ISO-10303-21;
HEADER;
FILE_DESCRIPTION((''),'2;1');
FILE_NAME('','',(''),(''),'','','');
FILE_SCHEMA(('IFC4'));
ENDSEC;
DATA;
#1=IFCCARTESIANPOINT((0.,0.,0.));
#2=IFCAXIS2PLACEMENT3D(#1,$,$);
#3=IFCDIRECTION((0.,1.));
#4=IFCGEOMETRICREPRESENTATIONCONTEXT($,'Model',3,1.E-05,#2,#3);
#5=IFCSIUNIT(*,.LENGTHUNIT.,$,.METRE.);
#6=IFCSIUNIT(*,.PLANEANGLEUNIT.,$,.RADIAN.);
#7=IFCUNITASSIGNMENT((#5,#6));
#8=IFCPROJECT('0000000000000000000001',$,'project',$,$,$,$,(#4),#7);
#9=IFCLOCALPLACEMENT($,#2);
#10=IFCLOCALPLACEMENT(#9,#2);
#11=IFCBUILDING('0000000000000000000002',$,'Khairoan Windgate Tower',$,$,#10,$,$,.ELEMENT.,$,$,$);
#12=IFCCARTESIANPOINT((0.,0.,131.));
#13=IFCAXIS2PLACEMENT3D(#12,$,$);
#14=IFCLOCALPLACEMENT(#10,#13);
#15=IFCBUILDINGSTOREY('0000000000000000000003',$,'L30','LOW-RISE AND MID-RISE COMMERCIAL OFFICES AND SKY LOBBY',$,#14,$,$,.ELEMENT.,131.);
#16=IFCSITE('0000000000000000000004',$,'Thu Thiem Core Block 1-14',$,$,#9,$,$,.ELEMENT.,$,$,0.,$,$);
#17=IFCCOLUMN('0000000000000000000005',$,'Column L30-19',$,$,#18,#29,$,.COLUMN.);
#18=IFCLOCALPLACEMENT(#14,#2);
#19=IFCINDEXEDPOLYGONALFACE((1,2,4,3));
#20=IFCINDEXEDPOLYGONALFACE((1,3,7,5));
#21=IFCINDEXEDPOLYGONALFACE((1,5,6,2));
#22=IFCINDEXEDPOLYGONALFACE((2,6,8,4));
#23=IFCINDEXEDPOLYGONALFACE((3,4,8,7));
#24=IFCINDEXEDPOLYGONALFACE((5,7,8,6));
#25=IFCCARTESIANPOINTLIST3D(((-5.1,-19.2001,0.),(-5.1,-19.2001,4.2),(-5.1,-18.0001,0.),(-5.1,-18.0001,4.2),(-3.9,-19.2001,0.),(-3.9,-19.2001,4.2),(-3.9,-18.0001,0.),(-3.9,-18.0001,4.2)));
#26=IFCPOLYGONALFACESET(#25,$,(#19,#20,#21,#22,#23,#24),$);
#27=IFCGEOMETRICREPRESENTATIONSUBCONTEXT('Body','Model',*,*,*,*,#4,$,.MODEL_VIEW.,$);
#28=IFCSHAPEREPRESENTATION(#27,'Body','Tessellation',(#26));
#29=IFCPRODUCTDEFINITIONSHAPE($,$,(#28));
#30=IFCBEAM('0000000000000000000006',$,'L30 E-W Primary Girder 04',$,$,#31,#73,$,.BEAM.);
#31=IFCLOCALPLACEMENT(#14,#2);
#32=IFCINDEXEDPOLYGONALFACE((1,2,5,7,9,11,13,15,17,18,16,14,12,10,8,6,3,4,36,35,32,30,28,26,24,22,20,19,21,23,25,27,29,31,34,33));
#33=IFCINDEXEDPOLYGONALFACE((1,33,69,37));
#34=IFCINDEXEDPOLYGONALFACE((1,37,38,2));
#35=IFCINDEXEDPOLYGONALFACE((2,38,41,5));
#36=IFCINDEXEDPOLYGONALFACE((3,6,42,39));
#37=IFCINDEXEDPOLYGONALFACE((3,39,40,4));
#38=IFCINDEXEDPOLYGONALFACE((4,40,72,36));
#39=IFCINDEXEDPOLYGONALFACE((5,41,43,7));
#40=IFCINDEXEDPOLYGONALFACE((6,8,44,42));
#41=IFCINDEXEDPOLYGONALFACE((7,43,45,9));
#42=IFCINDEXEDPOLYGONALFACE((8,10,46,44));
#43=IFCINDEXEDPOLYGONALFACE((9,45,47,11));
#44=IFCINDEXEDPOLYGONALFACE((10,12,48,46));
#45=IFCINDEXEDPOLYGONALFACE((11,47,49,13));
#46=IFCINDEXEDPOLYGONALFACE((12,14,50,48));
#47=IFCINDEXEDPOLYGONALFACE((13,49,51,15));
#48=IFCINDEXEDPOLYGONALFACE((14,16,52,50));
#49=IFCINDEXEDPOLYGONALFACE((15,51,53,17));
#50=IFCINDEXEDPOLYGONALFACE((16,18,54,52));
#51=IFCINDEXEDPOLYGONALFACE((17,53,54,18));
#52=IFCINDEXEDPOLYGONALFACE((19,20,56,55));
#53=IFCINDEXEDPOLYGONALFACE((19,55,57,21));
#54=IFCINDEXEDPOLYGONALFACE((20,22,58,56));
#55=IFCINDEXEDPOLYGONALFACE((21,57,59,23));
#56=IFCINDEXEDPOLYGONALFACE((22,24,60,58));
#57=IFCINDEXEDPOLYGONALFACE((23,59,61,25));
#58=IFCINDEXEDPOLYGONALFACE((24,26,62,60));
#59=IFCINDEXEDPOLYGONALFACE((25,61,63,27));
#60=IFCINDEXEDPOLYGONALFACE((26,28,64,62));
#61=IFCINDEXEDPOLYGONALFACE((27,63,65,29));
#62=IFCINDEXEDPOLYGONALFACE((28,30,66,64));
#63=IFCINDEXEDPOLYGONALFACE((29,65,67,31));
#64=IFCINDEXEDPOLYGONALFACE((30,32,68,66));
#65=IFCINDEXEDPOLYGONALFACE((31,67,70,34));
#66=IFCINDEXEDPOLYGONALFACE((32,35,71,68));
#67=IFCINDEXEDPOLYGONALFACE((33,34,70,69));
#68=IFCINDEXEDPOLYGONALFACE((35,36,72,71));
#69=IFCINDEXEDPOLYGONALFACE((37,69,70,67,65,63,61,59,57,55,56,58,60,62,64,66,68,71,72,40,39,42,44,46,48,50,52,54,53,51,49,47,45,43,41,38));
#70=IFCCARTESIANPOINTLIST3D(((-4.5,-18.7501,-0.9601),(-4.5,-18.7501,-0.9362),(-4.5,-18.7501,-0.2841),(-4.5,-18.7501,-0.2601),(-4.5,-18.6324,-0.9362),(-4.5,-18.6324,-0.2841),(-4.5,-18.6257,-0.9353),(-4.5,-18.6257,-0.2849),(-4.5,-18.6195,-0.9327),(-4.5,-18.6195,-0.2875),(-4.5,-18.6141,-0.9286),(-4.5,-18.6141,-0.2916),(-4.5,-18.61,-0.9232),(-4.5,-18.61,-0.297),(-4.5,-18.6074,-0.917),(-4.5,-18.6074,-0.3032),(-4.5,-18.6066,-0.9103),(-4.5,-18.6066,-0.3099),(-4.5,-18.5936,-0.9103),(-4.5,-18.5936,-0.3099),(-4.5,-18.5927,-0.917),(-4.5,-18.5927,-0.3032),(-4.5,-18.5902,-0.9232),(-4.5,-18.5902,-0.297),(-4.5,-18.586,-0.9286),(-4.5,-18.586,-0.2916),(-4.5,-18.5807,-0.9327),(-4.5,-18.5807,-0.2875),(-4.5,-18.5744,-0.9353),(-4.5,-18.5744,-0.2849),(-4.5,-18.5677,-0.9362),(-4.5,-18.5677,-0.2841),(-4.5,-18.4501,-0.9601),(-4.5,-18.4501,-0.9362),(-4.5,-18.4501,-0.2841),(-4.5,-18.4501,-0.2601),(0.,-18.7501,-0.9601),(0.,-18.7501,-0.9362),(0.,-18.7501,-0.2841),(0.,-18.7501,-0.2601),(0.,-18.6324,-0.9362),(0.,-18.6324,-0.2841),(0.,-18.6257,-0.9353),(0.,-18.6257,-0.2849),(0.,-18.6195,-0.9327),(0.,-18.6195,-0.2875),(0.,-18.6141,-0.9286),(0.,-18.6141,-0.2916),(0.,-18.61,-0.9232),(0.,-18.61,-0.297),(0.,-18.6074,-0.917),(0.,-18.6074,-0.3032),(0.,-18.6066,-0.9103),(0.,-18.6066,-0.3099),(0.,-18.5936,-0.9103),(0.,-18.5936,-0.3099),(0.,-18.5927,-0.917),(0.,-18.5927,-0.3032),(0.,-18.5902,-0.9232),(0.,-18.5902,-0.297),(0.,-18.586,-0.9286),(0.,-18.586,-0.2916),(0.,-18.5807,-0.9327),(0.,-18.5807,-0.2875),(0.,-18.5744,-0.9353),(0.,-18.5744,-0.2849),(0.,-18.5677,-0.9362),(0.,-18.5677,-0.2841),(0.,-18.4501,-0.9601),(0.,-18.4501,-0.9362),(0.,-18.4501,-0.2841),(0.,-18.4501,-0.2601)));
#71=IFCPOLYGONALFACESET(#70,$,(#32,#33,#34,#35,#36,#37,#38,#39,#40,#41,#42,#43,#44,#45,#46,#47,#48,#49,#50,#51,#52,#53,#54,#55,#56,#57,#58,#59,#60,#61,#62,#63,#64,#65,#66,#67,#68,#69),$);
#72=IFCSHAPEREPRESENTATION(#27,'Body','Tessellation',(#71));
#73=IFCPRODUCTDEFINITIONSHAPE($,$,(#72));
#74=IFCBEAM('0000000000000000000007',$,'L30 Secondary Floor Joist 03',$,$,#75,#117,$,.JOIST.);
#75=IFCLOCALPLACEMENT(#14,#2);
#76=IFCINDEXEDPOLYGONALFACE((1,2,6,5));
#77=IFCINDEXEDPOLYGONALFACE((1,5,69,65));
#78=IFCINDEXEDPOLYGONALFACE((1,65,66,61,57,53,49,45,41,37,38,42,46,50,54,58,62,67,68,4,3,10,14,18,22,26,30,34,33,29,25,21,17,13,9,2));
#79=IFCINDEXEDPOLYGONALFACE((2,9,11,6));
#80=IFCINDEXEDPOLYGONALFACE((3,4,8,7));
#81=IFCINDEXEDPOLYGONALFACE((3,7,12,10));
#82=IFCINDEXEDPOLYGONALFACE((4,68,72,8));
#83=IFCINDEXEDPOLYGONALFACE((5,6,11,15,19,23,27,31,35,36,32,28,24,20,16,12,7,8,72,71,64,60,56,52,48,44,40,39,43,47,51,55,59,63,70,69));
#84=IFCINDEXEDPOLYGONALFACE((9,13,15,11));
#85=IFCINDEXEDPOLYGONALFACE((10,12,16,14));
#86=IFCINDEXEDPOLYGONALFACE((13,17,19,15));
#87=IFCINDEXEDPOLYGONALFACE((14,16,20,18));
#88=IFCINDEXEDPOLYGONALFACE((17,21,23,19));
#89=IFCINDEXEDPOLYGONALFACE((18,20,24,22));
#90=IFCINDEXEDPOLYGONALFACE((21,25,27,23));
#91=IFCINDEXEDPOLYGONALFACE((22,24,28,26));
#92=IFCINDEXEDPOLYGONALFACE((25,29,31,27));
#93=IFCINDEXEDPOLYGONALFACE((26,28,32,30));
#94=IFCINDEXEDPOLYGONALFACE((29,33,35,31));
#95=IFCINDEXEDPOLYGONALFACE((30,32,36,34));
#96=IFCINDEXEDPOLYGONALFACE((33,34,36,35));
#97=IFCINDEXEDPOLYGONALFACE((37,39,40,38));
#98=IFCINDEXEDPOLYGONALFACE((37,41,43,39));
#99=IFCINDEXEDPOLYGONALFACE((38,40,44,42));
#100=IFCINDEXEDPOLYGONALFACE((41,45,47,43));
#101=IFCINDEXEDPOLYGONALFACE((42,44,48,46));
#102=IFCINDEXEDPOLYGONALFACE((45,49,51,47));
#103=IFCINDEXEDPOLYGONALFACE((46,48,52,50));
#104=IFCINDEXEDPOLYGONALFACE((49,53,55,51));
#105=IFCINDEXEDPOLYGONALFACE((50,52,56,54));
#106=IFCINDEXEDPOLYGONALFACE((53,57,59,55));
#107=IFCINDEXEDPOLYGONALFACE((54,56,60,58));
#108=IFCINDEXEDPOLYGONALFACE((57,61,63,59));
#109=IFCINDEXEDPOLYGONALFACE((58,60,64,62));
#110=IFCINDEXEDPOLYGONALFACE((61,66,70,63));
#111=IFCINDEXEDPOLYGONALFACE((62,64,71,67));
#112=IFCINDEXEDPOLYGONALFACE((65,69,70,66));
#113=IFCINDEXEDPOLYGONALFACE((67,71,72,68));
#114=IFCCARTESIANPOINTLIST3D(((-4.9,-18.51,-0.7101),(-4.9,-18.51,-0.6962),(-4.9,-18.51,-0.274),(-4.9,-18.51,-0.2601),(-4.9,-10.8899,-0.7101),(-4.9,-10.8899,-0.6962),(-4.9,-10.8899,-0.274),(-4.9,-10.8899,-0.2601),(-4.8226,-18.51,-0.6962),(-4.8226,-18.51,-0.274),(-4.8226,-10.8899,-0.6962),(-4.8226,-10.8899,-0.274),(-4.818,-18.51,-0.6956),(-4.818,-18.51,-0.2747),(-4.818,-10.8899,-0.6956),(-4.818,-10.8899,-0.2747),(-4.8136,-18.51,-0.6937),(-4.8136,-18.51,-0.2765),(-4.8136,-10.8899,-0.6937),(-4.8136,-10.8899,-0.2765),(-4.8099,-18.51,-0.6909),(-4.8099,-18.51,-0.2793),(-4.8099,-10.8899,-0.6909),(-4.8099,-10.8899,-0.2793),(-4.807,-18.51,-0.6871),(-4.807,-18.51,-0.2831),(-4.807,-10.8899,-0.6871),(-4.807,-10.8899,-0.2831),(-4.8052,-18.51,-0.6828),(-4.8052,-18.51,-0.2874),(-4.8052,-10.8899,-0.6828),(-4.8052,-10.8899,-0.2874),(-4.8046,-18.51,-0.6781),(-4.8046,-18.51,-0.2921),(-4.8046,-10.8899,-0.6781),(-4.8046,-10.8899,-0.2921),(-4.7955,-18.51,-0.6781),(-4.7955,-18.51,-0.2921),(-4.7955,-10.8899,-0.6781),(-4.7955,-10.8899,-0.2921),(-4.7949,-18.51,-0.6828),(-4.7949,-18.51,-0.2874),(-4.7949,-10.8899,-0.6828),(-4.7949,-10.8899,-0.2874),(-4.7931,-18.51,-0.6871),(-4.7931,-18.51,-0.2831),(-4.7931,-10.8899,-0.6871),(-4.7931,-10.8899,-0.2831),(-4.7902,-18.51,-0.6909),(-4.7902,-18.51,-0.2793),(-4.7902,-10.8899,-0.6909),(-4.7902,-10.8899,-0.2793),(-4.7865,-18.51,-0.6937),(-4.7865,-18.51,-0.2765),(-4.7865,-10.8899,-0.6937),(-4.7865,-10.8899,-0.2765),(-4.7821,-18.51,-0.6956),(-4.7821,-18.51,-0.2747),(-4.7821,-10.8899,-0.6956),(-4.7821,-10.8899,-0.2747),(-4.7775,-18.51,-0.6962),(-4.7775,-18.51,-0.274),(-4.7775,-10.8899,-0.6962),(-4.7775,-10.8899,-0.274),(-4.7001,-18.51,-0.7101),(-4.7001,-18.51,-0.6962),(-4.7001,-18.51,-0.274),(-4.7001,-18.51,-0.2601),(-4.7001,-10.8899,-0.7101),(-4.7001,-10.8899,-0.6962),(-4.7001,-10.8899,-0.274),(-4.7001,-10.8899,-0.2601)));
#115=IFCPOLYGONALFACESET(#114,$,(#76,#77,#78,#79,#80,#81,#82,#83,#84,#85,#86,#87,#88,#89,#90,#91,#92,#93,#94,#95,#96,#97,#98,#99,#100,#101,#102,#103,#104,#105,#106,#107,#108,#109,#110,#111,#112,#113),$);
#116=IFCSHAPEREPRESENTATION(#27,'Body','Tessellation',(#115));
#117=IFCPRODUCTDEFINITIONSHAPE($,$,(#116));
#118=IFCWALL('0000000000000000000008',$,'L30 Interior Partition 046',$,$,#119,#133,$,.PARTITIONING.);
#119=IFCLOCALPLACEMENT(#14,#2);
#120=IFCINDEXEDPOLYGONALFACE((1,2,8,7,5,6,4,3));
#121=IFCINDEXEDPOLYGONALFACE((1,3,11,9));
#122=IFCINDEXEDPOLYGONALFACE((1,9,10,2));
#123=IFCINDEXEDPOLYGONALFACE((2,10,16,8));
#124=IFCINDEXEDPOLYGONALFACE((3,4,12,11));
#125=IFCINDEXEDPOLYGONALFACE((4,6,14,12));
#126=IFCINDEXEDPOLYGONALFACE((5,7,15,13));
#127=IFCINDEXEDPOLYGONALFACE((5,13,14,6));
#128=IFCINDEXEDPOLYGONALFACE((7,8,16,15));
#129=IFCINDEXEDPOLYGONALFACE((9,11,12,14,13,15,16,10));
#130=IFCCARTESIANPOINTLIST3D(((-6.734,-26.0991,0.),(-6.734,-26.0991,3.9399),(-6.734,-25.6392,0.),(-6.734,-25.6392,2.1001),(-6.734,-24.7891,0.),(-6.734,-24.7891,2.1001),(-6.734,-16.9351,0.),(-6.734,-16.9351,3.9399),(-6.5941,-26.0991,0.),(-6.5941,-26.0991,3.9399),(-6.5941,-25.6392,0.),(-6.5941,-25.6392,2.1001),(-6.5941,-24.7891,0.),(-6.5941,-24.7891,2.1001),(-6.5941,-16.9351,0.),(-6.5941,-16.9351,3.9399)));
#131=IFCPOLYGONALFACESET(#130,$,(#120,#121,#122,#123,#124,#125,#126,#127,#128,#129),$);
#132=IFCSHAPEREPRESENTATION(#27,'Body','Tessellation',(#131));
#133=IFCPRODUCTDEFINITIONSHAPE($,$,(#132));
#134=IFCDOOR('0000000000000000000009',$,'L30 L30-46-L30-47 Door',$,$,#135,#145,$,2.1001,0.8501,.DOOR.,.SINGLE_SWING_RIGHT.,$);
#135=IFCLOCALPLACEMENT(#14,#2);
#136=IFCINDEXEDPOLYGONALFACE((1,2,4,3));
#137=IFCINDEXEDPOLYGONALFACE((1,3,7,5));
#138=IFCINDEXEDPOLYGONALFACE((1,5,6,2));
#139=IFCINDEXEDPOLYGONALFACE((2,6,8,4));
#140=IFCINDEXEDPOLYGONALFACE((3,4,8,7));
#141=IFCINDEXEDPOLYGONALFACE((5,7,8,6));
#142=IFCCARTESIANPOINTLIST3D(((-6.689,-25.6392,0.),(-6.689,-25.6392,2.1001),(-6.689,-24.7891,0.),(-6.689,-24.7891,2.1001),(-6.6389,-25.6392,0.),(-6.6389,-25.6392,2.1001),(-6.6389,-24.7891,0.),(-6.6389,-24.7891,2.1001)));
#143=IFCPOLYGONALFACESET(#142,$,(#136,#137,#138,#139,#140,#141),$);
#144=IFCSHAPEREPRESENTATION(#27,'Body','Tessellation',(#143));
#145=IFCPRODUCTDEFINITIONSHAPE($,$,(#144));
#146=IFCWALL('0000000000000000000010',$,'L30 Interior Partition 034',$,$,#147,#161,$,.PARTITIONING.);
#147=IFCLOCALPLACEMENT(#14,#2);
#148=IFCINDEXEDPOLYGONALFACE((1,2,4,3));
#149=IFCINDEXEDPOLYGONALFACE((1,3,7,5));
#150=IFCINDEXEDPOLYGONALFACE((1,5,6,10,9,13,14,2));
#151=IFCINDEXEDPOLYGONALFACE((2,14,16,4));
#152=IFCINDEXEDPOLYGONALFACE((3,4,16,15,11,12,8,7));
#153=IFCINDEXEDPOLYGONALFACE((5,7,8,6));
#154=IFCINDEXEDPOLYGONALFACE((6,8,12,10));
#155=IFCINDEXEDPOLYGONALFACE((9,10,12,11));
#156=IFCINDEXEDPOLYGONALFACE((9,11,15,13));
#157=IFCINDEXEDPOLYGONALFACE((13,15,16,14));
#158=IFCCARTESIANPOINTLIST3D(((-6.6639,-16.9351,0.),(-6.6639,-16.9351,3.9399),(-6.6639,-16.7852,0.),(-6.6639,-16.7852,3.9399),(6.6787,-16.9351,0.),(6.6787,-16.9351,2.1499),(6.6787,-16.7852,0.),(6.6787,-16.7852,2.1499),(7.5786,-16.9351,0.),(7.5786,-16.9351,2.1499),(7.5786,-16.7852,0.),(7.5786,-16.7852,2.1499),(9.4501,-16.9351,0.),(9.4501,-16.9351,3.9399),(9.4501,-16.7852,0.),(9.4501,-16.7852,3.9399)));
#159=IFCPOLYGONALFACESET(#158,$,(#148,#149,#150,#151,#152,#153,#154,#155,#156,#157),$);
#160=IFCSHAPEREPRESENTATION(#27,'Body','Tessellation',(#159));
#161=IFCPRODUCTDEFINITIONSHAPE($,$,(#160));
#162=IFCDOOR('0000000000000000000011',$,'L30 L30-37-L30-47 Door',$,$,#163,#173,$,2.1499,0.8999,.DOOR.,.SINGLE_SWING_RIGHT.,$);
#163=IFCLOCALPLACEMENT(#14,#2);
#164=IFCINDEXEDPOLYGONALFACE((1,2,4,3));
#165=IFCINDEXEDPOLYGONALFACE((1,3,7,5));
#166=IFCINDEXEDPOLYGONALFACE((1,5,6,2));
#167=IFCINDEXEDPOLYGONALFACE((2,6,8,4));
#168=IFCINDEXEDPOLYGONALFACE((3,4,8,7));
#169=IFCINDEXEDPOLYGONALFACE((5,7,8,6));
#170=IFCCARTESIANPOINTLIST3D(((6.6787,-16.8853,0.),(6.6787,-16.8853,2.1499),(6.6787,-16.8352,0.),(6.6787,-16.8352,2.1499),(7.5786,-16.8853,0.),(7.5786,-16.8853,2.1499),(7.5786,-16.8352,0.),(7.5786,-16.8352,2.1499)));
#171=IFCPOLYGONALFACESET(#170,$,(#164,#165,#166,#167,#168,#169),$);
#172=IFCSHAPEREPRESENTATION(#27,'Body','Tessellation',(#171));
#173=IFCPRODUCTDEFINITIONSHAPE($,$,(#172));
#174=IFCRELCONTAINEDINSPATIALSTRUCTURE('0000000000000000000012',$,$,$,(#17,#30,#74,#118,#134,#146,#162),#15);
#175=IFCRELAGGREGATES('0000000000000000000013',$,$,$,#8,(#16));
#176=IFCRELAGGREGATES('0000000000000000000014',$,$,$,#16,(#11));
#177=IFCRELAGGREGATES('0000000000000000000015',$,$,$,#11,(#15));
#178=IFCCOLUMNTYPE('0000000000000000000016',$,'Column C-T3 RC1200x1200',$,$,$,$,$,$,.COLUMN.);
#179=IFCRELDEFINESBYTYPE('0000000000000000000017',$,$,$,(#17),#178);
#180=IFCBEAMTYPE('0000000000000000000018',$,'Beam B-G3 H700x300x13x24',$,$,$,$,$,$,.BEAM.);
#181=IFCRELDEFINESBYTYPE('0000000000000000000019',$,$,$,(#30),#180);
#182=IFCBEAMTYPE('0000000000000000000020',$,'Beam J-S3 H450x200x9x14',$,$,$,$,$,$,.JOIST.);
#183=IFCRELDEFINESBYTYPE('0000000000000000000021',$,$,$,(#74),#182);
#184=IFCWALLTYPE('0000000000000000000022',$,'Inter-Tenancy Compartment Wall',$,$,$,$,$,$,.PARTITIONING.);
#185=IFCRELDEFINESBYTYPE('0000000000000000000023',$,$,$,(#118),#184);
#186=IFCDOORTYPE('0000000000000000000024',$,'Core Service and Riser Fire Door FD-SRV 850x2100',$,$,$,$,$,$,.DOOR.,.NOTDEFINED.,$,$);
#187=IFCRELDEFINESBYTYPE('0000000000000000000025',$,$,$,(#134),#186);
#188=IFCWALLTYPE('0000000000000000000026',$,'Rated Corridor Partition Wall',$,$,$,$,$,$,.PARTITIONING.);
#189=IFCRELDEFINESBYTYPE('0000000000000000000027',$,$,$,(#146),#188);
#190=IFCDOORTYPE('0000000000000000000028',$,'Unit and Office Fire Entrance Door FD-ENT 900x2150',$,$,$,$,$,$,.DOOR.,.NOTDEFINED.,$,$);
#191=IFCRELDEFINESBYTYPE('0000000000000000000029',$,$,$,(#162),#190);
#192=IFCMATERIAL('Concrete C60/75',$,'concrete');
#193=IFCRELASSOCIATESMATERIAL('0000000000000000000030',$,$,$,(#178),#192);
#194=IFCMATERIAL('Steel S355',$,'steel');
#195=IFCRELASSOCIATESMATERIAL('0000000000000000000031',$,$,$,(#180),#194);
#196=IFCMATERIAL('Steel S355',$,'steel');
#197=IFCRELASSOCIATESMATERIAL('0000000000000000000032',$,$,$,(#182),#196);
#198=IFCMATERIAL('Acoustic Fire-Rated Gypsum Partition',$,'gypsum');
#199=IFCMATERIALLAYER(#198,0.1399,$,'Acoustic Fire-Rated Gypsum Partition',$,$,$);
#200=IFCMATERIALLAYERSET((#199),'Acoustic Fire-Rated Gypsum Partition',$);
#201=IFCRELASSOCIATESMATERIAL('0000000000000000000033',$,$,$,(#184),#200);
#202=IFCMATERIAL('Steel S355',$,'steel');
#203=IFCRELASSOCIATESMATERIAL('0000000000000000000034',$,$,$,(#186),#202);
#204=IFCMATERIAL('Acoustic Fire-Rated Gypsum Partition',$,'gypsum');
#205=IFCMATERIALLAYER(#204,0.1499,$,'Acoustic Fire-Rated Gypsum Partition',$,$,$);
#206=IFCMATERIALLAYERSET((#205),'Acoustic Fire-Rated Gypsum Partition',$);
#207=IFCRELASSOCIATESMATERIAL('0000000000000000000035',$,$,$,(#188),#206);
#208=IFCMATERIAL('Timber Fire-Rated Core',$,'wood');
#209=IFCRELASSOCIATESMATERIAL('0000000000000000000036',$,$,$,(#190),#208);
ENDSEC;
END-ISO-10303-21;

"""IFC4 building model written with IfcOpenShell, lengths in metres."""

from ifc_helpers import new_model, si_unit, direction, frame, frame_2d, origin, origin_2d, place, context, subcontext, project, spatial, rectangle, i_section, extrude, material, layer, layer_set, material_profile, profile_set, type_object, element, fill, save


model = new_model("IFC4")

# Units and contexts
model_context = context("Model", 3, precision=1e-05, world=origin(), true_north=direction((0.0, 1.0)))
body_context = subcontext(model_context, "Body", "Model", "MODEL_VIEW")
ifc_project = project(units=[si_unit("LENGTHUNIT", "METRE"), si_unit("PLANEANGLEUNIT", "RADIAN")], contexts=[model_context])

# Site, building, storey
site_placement = place(None, origin())
site = spatial("IfcSite", under=ifc_project, at=site_placement, Name="Thu Thiem Core Block 1-14", CompositionType="ELEMENT", RefElevation=0.0)
building_placement = place(site_placement, origin())
building = spatial("IfcBuilding", under=site, at=building_placement, Name="Khairoan Windgate Tower", CompositionType="ELEMENT")
storey_placement = place(building_placement, frame((0.0, 0.0, 131.0)))
storey = spatial("IfcBuildingStorey", under=building, at=storey_placement, Name="L30", Description="LOW-RISE AND MID-RISE COMMERCIAL OFFICES AND SKY LOBBY", CompositionType="ELEMENT", Elevation=131.0)

# Column
ifc_material_1 = material(Name="Concrete C60/75", Category="concrete")
ifc_material_profile_1 = material_profile(ifc_material_1, rectangle(XDim=1.2, YDim=1.2, at=origin_2d()))
ifc_profile_set_1 = profile_set([ifc_material_profile_1], Name="Concrete C60/75")
column_type = type_object("IfcColumnType", Name="Column C-T3 RC1200x1200", PredefinedType="COLUMN", material=ifc_profile_set_1)
column_placement = place(storey_placement, frame((-4.5, -18.6001, 0.0), z_axis=(0.0, 0.0, 1.0), x_axis=(1.0, 0.0, 0.0)))
element("IfcColumn", 1, at=column_placement, inside=storey, type_object=column_type, Name="Column L30-19", PredefinedType="COLUMN", context=body_context, shape_type="SweptSolid", body=[
    extrude(rectangle(XDim=1.2, YDim=1.2, at=origin_2d()), origin(), (0.0, 0.0, 1.0), 4.2),
])

# Beams
ifc_material_2 = material(Name="Steel S355", Category="steel")
ifc_material_profile_2 = material_profile(ifc_material_2, i_section(OverallWidth=0.3, OverallDepth=0.7, WebThickness=0.0129, FlangeThickness=0.0239, FilletRadius=0.0259, at=origin_2d()))
ifc_profile_set_2 = profile_set([ifc_material_profile_2], Name="Steel S355")
beam_type_1 = type_object("IfcBeamType", Name="Beam B-G3 H700x300x13x24", PredefinedType="BEAM", material=ifc_profile_set_2)
beam_1_placement = place(storey_placement, frame((-4.5, -18.6001, -0.6101), z_axis=(1.0, 0.0, 0.0), x_axis=(0.0, 1.0, 0.0)))
element("IfcBeam", 2, at=beam_1_placement, inside=storey, type_object=beam_type_1, Name="L30 E-W Primary Girder 04", PredefinedType="BEAM", context=body_context, shape_type="SweptSolid", body=[
    extrude(i_section(OverallWidth=0.3, OverallDepth=0.7, WebThickness=0.0129, FlangeThickness=0.0239, FilletRadius=0.0259, at=origin_2d()), origin(), (0.0, 0.0, 1.0), 4.5),
])
ifc_material_3 = material(Name="Steel S355", Category="steel")
ifc_material_profile_3 = material_profile(ifc_material_3, i_section(OverallWidth=0.2, OverallDepth=0.45, WebThickness=0.009, FlangeThickness=0.0139, FilletRadius=0.0181, at=origin_2d()))
ifc_profile_set_3 = profile_set([ifc_material_profile_3], Name="Steel S355")
beam_type_2 = type_object("IfcBeamType", Name="Beam J-S3 H450x200x9x14", PredefinedType="JOIST", material=ifc_profile_set_3)
beam_2_placement = place(storey_placement, frame((-4.8, -18.51, -0.4851), z_axis=(0.0, 1.0, 0.0), x_axis=(-1.0, 0.0, 0.0)))
element("IfcBeam", 3, at=beam_2_placement, inside=storey, type_object=beam_type_2, Name="L30 Secondary Floor Joist 03", PredefinedType="JOIST", context=body_context, shape_type="SweptSolid", body=[
    extrude(i_section(OverallWidth=0.2, OverallDepth=0.45, WebThickness=0.009, FlangeThickness=0.0139, FilletRadius=0.0181, at=origin_2d()), origin(), (0.0, 0.0, 1.0), 7.6201),
])

# Walls, openings, doors
ifc_material_4 = material(Name="Acoustic Fire-Rated Gypsum Partition", Category="gypsum")
ifc_layer_1 = layer(ifc_material_4, 0.1399, Name="Acoustic Fire-Rated Gypsum Partition")
ifc_layer_set_1 = layer_set([ifc_layer_1], Name="Acoustic Fire-Rated Gypsum Partition")
wall_type_1 = type_object("IfcWallType", Name="Inter-Tenancy Compartment Wall", PredefinedType="PARTITIONING", material=ifc_layer_set_1)
wall_1_placement = place(storey_placement, frame((-6.6641, -26.0991, 0.0), z_axis=(0.0, 0.0, 1.0), x_axis=(0.0, 1.0, 0.0)))
wall_1 = element("IfcWall", 4, at=wall_1_placement, inside=storey, type_object=wall_type_1, Name="L30 Interior Partition 046", PredefinedType="PARTITIONING", context=body_context, shape_type="SweptSolid", body=[
    extrude(rectangle(XDim=9.1641, YDim=0.1399, at=frame_2d((4.582, 0.0))), origin(), (0.0, 0.0, 1.0), 3.9399),
])
opening_1_placement = place(wall_1_placement, frame((0.46, 0.0, 0.0)))
opening_1 = element("IfcOpeningElement", 5, at=opening_1_placement, cuts=wall_1, PredefinedType="OPENING", context=body_context, shape_type="SweptSolid", body=[
    extrude(rectangle(XDim=0.8501, YDim=2.1001, at=frame_2d((0.425, 1.05))), frame((0.0, 0.0798, 0.0), z_axis=(0.0, -1.0, 0.0), x_axis=(1.0, 0.0, 0.0)), (0.0, 0.0, 1.0), 0.1599),
])
ifc_material_5 = material(Name="Steel S355", Category="steel")
door_type_1 = type_object("IfcDoorType", Name="Core Service and Riser Fire Door FD-SRV 850x2100", OperationType="NOTDEFINED", PredefinedType="DOOR", material=ifc_material_5)
door_1_placement = place(opening_1_placement, origin())
door_1 = element("IfcDoor", 6, at=door_1_placement, inside=storey, type_object=door_type_1, Name="L30 L30-46-L30-47 Door", OperationType="SINGLE_SWING_RIGHT", OverallHeight=2.1001, OverallWidth=0.8501, PredefinedType="DOOR", context=body_context, shape_type="SweptSolid", body=[
    extrude(rectangle(XDim=0.8501, YDim=2.1001, at=frame_2d((0.425, 1.05))), frame((0.0, 0.0249, 0.0), z_axis=(0.0, -1.0, 0.0), x_axis=(1.0, 0.0, 0.0)), (0.0, 0.0, 1.0), 0.05),
])
fill(opening_1, door_1)
ifc_material_6 = material(Name="Acoustic Fire-Rated Gypsum Partition", Category="gypsum")
ifc_layer_2 = layer(ifc_material_6, 0.1499, Name="Acoustic Fire-Rated Gypsum Partition")
ifc_layer_set_2 = layer_set([ifc_layer_2], Name="Acoustic Fire-Rated Gypsum Partition")
wall_type_2 = type_object("IfcWallType", Name="Rated Corridor Partition Wall", PredefinedType="PARTITIONING", material=ifc_layer_set_2)
wall_2_placement = place(storey_placement, frame((-6.6641, -16.8601, 0.0), z_axis=(0.0, 0.0, 1.0), x_axis=(1.0, 0.0, 0.0)))
wall_2 = element("IfcWall", 7, at=wall_2_placement, inside=storey, type_object=wall_type_2, Name="L30 Interior Partition 034", PredefinedType="PARTITIONING", context=body_context, shape_type="SweptSolid", body=[
    extrude(rectangle(XDim=16.114, YDim=0.1499, at=frame_2d((8.0571, 0.0))), origin(), (0.0, 0.0, 1.0), 3.9399),
])
opening_2_placement = place(wall_2_placement, frame((13.3428, 0.0, 0.0)))
opening_2 = element("IfcOpeningElement", 8, at=opening_2_placement, cuts=wall_2, PredefinedType="OPENING", context=body_context, shape_type="SweptSolid", body=[
    extrude(rectangle(XDim=0.8999, YDim=2.1499, at=frame_2d((0.45, 1.075))), frame((0.0, 0.085, 0.0), z_axis=(0.0, -1.0, 0.0), x_axis=(1.0, 0.0, 0.0)), (0.0, 0.0, 1.0), 0.1699),
])
ifc_material_7 = material(Name="Timber Fire-Rated Core", Category="wood")
door_type_2 = type_object("IfcDoorType", Name="Unit and Office Fire Entrance Door FD-ENT 900x2150", OperationType="NOTDEFINED", PredefinedType="DOOR", material=ifc_material_7)
door_2_placement = place(opening_2_placement, origin())
door_2 = element("IfcDoor", 9, at=door_2_placement, inside=storey, type_object=door_type_2, Name="L30 L30-37-L30-47 Door", OperationType="SINGLE_SWING_RIGHT", OverallHeight=2.1499, OverallWidth=0.8999, PredefinedType="DOOR", context=body_context, shape_type="SweptSolid", body=[
    extrude(rectangle(XDim=0.8999, YDim=2.1499, at=frame_2d((0.45, 1.075))), frame((0.0, 0.0249, 0.0), z_axis=(0.0, -1.0, 0.0), x_axis=(1.0, 0.0, 0.0)), (0.0, 0.0, 1.0), 0.05),
])
fill(opening_2, door_2)

save(model, "model.ifc")
